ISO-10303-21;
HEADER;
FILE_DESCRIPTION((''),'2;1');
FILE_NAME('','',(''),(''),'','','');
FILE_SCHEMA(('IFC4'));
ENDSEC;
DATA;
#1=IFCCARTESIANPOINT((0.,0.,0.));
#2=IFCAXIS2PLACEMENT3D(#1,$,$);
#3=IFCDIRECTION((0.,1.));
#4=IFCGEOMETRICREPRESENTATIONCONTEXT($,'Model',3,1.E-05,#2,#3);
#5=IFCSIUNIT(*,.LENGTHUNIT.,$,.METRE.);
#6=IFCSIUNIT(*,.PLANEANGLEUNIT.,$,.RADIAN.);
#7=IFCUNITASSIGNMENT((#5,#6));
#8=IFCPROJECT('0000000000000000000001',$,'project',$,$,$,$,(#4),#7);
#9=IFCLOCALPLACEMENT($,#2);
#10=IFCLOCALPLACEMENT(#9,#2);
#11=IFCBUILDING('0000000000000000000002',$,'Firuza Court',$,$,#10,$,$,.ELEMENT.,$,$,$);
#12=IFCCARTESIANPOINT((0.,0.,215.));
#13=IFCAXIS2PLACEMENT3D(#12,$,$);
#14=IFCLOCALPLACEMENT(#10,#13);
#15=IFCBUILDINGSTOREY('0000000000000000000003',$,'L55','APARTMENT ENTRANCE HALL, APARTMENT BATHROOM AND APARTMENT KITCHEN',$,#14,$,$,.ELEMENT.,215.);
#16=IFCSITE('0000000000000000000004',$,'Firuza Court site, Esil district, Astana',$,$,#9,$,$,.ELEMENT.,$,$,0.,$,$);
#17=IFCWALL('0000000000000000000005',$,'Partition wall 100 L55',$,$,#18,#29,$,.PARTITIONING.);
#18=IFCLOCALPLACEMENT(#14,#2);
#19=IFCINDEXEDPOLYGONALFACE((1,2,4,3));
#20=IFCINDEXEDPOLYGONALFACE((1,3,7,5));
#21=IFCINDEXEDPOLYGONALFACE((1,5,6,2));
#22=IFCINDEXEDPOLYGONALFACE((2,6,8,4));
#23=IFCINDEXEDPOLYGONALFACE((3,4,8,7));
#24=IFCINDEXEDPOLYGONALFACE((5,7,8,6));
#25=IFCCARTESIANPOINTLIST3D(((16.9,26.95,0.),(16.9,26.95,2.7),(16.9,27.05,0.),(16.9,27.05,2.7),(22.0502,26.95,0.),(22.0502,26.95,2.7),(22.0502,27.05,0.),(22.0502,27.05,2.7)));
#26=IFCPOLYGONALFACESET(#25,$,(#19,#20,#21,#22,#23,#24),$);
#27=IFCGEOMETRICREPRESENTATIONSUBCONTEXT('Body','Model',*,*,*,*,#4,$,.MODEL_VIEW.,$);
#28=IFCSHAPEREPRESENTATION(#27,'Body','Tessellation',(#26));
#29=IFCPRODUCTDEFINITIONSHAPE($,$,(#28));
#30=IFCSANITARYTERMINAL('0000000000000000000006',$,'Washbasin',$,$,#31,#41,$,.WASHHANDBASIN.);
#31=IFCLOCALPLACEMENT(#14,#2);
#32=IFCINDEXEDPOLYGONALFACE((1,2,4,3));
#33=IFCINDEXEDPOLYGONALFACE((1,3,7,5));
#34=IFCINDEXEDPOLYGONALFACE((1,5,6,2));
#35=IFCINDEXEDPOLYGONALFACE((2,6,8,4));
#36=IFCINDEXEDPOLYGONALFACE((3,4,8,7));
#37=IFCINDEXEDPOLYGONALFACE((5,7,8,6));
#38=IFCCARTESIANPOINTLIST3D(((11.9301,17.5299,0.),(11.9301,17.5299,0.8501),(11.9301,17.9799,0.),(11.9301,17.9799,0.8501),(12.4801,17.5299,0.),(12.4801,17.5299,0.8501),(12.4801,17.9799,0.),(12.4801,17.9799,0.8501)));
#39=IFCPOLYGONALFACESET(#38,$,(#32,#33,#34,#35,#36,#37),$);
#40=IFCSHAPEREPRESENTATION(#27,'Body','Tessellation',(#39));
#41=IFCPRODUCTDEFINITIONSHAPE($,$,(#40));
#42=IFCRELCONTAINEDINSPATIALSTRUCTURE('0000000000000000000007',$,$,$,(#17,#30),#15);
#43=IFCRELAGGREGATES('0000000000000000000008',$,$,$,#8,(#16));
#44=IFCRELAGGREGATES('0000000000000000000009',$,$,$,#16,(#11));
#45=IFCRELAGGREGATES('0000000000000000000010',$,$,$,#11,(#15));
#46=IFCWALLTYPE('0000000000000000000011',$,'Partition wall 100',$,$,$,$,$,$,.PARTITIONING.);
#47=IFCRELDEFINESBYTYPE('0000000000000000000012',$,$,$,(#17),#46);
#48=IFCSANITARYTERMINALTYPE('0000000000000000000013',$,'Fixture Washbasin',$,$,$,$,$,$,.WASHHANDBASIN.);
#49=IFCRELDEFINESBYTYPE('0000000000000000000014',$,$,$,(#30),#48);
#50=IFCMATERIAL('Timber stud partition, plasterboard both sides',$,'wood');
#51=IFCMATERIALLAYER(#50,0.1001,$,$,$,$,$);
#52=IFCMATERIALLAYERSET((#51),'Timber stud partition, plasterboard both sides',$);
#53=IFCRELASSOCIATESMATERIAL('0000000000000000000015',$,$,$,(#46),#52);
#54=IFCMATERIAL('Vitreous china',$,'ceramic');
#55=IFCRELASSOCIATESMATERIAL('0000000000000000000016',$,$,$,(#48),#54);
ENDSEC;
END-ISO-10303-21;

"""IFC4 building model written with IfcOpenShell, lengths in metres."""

from ifc_helpers import new_model, si_unit, direction, frame, frame_2d, origin, origin_2d, place, context, subcontext, project, spatial, rectangle, extrude, material, layer, layer_set, type_object, element, save


model = new_model("IFC4")

# Units and contexts
model_context = context("Model", 3, precision=1e-05, world=origin(), true_north=direction((0.0, 1.0)))
body_context = subcontext(model_context, "Body", "Model", "MODEL_VIEW")
ifc_project = project(units=[si_unit("LENGTHUNIT", "METRE"), si_unit("PLANEANGLEUNIT", "RADIAN")], contexts=[model_context])

# Site, building, storey
site_placement = place(None, origin())
site = spatial("IfcSite", under=ifc_project, at=site_placement, Name="Firuza Court site, Esil district, Astana", CompositionType="ELEMENT", RefElevation=0.0)
building_placement = place(site_placement, origin())
building = spatial("IfcBuilding", under=site, at=building_placement, Name="Firuza Court", CompositionType="ELEMENT")
storey_placement = place(building_placement, frame((0.0, 0.0, 215.0)))
storey = spatial("IfcBuildingStorey", under=building, at=storey_placement, Name="L55", Description="APARTMENT ENTRANCE HALL, APARTMENT BATHROOM AND APARTMENT KITCHEN", CompositionType="ELEMENT", Elevation=215.0)

# Shared definitions
ifc_material_1 = material(Name="Timber stud partition, plasterboard both sides", Category="wood")
ifc_layer = layer(ifc_material_1, 0.1001)
ifc_layer_set = layer_set([ifc_layer], Name="Timber stud partition, plasterboard both sides")
wall_type = type_object("IfcWallType", Name="Partition wall 100", PredefinedType="PARTITIONING", material=ifc_layer_set)

# Wall
wall_1_placement = place(storey_placement, frame((16.8999, 27.0, 0.0), z_axis=(0.0, 0.0, 1.0), x_axis=(1.0, 0.0, 0.0)))
element("IfcWall", 1, at=wall_1_placement, inside=storey, type_object=wall_type, Name="Partition wall 100 L55", PredefinedType="PARTITIONING", context=body_context, shape_type="SweptSolid", body=[
    extrude(rectangle(XDim=5.1501, YDim=0.1001, at=frame_2d((2.5752, 0.0))), origin(), (0.0, 0.0, 1.0), 2.7),
])

# Sanitary terminal
ifc_material_2 = material(Name="Vitreous china", Category="ceramic")
sanitary_terminal_type = type_object("IfcSanitaryTerminalType", Name="Fixture Washbasin", PredefinedType="WASHHANDBASIN", material=ifc_material_2)
sanitary_terminal_placement = place(storey_placement, frame((12.2051, 17.7549, 0.0), z_axis=(0.0, 0.0, 1.0), x_axis=(1.0, 0.0, 0.0)))
element("IfcSanitaryTerminal", 2, at=sanitary_terminal_placement, inside=storey, type_object=sanitary_terminal_type, Name="Washbasin", PredefinedType="WASHHANDBASIN", context=body_context, shape_type="SweptSolid", body=[
    extrude(rectangle(XDim=0.55, YDim=0.45, at=origin_2d()), origin(), (0.0, 0.0, 1.0), 0.8501),
])

save(model, "model.ifc")
